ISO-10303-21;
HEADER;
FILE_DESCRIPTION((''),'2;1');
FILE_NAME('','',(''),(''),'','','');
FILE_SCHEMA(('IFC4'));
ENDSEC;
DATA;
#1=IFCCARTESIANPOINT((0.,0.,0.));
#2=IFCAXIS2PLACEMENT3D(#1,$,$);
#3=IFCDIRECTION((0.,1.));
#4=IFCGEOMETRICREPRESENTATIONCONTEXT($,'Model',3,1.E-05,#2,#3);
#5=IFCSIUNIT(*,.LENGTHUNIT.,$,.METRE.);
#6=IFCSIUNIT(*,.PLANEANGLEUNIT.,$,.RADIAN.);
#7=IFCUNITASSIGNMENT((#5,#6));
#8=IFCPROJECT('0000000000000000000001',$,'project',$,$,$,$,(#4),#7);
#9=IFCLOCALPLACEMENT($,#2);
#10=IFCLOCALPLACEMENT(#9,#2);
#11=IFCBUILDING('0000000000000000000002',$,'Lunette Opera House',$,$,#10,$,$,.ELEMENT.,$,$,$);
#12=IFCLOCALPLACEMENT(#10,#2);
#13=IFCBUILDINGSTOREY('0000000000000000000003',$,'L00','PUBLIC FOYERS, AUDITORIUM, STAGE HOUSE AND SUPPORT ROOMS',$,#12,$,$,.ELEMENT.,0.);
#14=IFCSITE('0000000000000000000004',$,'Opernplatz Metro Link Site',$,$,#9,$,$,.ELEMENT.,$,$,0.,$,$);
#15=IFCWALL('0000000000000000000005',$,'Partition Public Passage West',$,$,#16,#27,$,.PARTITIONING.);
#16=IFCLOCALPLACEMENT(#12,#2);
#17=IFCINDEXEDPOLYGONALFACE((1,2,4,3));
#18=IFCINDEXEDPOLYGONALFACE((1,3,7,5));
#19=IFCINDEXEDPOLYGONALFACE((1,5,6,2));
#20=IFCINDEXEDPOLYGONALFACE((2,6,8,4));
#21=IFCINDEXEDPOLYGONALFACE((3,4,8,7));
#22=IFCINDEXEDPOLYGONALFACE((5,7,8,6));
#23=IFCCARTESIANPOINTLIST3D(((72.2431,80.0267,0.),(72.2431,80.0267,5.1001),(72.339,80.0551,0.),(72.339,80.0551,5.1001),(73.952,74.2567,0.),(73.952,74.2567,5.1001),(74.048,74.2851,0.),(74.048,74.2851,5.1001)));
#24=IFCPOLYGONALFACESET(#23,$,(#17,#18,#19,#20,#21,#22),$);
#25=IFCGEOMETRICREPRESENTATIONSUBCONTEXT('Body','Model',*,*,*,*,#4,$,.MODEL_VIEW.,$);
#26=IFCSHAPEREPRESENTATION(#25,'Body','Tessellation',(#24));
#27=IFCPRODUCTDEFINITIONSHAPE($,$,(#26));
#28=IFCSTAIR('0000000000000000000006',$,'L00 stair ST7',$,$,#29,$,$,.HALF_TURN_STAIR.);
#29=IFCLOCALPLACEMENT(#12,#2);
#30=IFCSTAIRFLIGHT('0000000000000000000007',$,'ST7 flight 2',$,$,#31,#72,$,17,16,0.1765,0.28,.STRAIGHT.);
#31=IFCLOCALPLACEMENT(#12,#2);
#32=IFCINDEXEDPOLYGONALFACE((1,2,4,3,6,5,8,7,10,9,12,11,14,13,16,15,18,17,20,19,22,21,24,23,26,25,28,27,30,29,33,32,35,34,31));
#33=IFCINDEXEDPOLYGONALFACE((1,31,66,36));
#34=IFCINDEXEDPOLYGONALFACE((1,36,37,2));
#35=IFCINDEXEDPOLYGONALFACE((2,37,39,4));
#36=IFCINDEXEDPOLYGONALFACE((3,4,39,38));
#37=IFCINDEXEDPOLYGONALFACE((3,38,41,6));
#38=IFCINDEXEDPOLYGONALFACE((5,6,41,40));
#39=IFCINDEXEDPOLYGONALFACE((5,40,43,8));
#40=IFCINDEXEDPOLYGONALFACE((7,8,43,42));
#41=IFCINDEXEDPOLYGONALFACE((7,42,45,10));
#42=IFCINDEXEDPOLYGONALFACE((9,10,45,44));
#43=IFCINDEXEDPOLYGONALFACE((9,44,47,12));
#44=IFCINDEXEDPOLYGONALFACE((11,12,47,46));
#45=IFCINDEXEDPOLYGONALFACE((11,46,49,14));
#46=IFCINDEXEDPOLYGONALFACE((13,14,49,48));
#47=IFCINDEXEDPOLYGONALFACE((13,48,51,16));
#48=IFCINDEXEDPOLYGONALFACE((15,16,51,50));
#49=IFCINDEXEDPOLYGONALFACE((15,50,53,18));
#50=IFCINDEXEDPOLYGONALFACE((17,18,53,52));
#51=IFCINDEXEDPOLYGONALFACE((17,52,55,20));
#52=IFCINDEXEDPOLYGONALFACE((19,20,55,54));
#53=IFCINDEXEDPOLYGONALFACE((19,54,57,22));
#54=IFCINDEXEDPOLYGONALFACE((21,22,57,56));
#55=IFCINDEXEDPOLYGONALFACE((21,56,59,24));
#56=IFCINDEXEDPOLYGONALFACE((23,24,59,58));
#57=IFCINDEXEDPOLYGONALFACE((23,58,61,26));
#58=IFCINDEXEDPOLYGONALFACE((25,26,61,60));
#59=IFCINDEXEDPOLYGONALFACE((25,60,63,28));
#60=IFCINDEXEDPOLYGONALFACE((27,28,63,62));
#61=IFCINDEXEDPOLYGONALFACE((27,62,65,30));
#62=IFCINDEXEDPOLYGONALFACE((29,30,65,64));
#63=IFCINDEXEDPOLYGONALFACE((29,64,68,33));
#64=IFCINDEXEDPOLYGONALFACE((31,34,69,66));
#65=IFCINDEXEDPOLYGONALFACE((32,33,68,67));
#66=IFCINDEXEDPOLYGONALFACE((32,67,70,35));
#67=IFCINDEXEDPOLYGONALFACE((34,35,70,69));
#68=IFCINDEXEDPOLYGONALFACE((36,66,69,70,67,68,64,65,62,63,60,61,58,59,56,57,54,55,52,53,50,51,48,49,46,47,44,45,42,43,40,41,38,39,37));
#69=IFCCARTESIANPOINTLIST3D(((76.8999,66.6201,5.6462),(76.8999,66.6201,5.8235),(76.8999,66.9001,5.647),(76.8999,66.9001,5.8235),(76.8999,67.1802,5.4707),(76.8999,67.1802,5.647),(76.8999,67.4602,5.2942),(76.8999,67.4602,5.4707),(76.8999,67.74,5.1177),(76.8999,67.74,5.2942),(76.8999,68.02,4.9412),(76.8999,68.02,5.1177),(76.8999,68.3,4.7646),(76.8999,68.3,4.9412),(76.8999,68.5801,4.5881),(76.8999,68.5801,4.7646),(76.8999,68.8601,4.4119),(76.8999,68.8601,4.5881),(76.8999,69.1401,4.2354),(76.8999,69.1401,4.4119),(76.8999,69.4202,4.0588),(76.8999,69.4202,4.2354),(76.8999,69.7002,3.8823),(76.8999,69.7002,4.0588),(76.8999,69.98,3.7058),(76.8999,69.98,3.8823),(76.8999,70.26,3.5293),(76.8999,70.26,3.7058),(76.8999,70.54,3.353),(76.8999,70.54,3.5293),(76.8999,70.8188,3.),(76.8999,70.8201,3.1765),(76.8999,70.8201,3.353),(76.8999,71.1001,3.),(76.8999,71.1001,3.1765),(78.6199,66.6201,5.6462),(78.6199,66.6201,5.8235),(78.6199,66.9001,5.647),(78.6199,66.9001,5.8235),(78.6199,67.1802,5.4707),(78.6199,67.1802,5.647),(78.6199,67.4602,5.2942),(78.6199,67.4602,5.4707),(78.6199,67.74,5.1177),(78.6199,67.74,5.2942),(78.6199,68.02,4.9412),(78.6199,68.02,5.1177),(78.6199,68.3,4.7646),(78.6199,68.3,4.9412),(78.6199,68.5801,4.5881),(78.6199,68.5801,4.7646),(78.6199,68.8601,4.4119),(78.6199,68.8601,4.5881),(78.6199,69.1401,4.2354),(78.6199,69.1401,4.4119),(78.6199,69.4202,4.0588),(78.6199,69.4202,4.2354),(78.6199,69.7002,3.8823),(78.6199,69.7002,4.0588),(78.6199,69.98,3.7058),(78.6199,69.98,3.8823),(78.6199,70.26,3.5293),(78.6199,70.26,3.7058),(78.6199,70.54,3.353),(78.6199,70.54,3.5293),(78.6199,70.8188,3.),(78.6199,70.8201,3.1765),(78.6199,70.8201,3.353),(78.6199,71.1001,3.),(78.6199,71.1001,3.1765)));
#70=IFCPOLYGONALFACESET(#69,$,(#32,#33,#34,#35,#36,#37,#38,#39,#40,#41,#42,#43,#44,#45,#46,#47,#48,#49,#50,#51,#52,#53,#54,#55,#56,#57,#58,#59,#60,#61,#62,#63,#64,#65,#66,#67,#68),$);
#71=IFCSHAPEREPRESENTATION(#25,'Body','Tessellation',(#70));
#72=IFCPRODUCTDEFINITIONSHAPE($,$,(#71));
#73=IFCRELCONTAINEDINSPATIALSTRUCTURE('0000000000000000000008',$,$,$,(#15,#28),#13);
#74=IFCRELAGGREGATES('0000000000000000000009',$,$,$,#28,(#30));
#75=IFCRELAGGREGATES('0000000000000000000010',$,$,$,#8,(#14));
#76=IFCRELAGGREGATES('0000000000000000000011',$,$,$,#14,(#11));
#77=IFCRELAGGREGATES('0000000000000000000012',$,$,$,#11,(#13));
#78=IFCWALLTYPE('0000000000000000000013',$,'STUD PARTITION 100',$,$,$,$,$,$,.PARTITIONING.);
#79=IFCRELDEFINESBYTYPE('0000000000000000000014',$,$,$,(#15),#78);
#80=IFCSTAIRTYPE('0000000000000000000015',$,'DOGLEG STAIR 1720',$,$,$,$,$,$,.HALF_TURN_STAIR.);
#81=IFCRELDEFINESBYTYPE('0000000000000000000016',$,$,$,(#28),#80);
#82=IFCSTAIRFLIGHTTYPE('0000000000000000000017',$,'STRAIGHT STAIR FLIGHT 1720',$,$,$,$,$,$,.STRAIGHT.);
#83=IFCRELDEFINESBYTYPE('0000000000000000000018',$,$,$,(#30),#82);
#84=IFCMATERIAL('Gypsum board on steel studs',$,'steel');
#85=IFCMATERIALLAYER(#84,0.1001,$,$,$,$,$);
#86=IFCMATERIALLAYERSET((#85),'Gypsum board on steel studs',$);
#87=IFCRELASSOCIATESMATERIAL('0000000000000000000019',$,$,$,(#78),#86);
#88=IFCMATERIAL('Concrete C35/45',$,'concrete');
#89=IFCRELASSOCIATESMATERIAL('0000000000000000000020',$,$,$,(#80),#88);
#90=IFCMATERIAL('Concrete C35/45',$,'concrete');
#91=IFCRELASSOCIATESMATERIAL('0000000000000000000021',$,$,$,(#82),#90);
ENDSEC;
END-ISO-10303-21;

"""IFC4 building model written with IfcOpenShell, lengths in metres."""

from ifc_helpers import new_model, si_unit, direction, frame, frame_2d, origin, place, context, subcontext, project, spatial, polyline, rectangle, outline, extrude, material, layer, layer_set, type_object, element, aggregate, save


model = new_model("IFC4")

# Units and contexts
model_context = context("Model", 3, precision=1e-05, world=origin(), true_north=direction((0.0, 1.0)))
body_context = subcontext(model_context, "Body", "Model", "MODEL_VIEW")
ifc_project = project(units=[si_unit("LENGTHUNIT", "METRE"), si_unit("PLANEANGLEUNIT", "RADIAN")], contexts=[model_context])

# Site, building, storey
site_placement = place(None, origin())
site = spatial("IfcSite", under=ifc_project, at=site_placement, Name="Opernplatz Metro Link Site", CompositionType="ELEMENT", RefElevation=0.0)
building_placement = place(site_placement, origin())
building = spatial("IfcBuilding", under=site, at=building_placement, Name="Lunette Opera House", CompositionType="ELEMENT")
storey_placement = place(building_placement, origin())
storey = spatial("IfcBuildingStorey", under=building, at=storey_placement, Name="L00", Description="PUBLIC FOYERS, AUDITORIUM, STAGE HOUSE AND SUPPORT ROOMS", CompositionType="ELEMENT", Elevation=0.0)

# Wall
ifc_material_1 = material(Name="Gypsum board on steel studs", Category="steel")
ifc_layer_1 = layer(ifc_material_1, 0.1001)
ifc_layer_set_1 = layer_set([ifc_layer_1], Name="Gypsum board on steel studs")
wall_type_1 = type_object("IfcWallType", Name="STUD PARTITION 100", PredefinedType="PARTITIONING", material=ifc_layer_set_1)
wall_1_placement = place(storey_placement, frame((74.0, 74.271, 0.0), z_axis=(0.0, 0.0, 1.0), x_axis=(-0.283989, 0.958828, 0.0)))
element("IfcWall", 1, at=wall_1_placement, inside=storey, type_object=wall_type_1, Name="Partition Public Passage West", PredefinedType="PARTITIONING", context=body_context, shape_type="SweptSolid", body=[
    extrude(rectangle(XDim=6.0178, YDim=0.1001, at=frame_2d((3.0088, 0.0))), origin(), (0.0, 0.0, 1.0), 5.1001),
])

# Stair, stair flight
ifc_material_2 = material(Name="Concrete C35/45", Category="concrete")
stair_type = type_object("IfcStairType", Name="DOGLEG STAIR 1720", PredefinedType="HALF_TURN_STAIR", material=ifc_material_2)
stair_placement = place(storey_placement, origin())
stair = element("IfcStair", 2, at=stair_placement, inside=storey, type_object=stair_type, Name="L00 stair ST7", PredefinedType="HALF_TURN_STAIR")
ifc_material_3 = material(Name="Concrete C35/45", Category="concrete")
stair_flight_type = type_object("IfcStairFlightType", Name="STRAIGHT STAIR FLIGHT 1720", PredefinedType="STRAIGHT", material=ifc_material_3)
stair_flight_placement = place(storey_placement, frame((77.76, 71.1001, 3.0), z_axis=(0.0, 0.0, 1.0), x_axis=(0.0, -1.0, 0.0)))
stair_flight = element("IfcStairFlight", 3, at=stair_flight_placement, type_object=stair_flight_type, Name="ST7 flight 2", NumberOfRisers=17, NumberOfTreads=16, PredefinedType="STRAIGHT", RiserHeight=0.1765, TreadLength=0.28, context=body_context, shape_type="SweptSolid", body=[
    extrude(outline(polyline([(0.0, 0.0), (0.0, 0.1765), (0.28, 0.1765), (0.28, 0.353), (0.5601, 0.353), (0.5601, 0.5293), (0.8401, 0.5293), (0.8401, 0.7058), (1.1201, 0.7058), (1.1201, 0.8823), (1.3999, 0.8823), (1.3999, 1.0588), (1.6799, 1.0588), (1.6799, 1.2354), (1.96, 1.2354), (1.96, 1.4119), (2.24, 1.4119), (2.24, 1.5881), (2.52, 1.5881), (2.52, 1.7646), (2.8, 1.7646), (2.8, 1.9412), (3.0801, 1.9412), (3.0801, 2.1177), (3.3601, 2.1177), (3.3601, 2.2942), (3.6399, 2.2942), (3.6399, 2.4707), (3.9199, 2.4707), (3.9199, 2.647), (4.2, 2.647), (4.2, 2.8235), (4.48, 2.8235), (4.48, 3.0), (4.48, 2.6462), (0.2812, 0.0), (0.0, 0.0)])), frame((0.0, 0.8599, 0.0), z_axis=(0.0, -1.0, 0.0), x_axis=(1.0, 0.0, 0.0)), (0.0, 0.0, 1.0), 1.72),
])
aggregate(stair, [stair_flight])

save(model, "model.ifc")
